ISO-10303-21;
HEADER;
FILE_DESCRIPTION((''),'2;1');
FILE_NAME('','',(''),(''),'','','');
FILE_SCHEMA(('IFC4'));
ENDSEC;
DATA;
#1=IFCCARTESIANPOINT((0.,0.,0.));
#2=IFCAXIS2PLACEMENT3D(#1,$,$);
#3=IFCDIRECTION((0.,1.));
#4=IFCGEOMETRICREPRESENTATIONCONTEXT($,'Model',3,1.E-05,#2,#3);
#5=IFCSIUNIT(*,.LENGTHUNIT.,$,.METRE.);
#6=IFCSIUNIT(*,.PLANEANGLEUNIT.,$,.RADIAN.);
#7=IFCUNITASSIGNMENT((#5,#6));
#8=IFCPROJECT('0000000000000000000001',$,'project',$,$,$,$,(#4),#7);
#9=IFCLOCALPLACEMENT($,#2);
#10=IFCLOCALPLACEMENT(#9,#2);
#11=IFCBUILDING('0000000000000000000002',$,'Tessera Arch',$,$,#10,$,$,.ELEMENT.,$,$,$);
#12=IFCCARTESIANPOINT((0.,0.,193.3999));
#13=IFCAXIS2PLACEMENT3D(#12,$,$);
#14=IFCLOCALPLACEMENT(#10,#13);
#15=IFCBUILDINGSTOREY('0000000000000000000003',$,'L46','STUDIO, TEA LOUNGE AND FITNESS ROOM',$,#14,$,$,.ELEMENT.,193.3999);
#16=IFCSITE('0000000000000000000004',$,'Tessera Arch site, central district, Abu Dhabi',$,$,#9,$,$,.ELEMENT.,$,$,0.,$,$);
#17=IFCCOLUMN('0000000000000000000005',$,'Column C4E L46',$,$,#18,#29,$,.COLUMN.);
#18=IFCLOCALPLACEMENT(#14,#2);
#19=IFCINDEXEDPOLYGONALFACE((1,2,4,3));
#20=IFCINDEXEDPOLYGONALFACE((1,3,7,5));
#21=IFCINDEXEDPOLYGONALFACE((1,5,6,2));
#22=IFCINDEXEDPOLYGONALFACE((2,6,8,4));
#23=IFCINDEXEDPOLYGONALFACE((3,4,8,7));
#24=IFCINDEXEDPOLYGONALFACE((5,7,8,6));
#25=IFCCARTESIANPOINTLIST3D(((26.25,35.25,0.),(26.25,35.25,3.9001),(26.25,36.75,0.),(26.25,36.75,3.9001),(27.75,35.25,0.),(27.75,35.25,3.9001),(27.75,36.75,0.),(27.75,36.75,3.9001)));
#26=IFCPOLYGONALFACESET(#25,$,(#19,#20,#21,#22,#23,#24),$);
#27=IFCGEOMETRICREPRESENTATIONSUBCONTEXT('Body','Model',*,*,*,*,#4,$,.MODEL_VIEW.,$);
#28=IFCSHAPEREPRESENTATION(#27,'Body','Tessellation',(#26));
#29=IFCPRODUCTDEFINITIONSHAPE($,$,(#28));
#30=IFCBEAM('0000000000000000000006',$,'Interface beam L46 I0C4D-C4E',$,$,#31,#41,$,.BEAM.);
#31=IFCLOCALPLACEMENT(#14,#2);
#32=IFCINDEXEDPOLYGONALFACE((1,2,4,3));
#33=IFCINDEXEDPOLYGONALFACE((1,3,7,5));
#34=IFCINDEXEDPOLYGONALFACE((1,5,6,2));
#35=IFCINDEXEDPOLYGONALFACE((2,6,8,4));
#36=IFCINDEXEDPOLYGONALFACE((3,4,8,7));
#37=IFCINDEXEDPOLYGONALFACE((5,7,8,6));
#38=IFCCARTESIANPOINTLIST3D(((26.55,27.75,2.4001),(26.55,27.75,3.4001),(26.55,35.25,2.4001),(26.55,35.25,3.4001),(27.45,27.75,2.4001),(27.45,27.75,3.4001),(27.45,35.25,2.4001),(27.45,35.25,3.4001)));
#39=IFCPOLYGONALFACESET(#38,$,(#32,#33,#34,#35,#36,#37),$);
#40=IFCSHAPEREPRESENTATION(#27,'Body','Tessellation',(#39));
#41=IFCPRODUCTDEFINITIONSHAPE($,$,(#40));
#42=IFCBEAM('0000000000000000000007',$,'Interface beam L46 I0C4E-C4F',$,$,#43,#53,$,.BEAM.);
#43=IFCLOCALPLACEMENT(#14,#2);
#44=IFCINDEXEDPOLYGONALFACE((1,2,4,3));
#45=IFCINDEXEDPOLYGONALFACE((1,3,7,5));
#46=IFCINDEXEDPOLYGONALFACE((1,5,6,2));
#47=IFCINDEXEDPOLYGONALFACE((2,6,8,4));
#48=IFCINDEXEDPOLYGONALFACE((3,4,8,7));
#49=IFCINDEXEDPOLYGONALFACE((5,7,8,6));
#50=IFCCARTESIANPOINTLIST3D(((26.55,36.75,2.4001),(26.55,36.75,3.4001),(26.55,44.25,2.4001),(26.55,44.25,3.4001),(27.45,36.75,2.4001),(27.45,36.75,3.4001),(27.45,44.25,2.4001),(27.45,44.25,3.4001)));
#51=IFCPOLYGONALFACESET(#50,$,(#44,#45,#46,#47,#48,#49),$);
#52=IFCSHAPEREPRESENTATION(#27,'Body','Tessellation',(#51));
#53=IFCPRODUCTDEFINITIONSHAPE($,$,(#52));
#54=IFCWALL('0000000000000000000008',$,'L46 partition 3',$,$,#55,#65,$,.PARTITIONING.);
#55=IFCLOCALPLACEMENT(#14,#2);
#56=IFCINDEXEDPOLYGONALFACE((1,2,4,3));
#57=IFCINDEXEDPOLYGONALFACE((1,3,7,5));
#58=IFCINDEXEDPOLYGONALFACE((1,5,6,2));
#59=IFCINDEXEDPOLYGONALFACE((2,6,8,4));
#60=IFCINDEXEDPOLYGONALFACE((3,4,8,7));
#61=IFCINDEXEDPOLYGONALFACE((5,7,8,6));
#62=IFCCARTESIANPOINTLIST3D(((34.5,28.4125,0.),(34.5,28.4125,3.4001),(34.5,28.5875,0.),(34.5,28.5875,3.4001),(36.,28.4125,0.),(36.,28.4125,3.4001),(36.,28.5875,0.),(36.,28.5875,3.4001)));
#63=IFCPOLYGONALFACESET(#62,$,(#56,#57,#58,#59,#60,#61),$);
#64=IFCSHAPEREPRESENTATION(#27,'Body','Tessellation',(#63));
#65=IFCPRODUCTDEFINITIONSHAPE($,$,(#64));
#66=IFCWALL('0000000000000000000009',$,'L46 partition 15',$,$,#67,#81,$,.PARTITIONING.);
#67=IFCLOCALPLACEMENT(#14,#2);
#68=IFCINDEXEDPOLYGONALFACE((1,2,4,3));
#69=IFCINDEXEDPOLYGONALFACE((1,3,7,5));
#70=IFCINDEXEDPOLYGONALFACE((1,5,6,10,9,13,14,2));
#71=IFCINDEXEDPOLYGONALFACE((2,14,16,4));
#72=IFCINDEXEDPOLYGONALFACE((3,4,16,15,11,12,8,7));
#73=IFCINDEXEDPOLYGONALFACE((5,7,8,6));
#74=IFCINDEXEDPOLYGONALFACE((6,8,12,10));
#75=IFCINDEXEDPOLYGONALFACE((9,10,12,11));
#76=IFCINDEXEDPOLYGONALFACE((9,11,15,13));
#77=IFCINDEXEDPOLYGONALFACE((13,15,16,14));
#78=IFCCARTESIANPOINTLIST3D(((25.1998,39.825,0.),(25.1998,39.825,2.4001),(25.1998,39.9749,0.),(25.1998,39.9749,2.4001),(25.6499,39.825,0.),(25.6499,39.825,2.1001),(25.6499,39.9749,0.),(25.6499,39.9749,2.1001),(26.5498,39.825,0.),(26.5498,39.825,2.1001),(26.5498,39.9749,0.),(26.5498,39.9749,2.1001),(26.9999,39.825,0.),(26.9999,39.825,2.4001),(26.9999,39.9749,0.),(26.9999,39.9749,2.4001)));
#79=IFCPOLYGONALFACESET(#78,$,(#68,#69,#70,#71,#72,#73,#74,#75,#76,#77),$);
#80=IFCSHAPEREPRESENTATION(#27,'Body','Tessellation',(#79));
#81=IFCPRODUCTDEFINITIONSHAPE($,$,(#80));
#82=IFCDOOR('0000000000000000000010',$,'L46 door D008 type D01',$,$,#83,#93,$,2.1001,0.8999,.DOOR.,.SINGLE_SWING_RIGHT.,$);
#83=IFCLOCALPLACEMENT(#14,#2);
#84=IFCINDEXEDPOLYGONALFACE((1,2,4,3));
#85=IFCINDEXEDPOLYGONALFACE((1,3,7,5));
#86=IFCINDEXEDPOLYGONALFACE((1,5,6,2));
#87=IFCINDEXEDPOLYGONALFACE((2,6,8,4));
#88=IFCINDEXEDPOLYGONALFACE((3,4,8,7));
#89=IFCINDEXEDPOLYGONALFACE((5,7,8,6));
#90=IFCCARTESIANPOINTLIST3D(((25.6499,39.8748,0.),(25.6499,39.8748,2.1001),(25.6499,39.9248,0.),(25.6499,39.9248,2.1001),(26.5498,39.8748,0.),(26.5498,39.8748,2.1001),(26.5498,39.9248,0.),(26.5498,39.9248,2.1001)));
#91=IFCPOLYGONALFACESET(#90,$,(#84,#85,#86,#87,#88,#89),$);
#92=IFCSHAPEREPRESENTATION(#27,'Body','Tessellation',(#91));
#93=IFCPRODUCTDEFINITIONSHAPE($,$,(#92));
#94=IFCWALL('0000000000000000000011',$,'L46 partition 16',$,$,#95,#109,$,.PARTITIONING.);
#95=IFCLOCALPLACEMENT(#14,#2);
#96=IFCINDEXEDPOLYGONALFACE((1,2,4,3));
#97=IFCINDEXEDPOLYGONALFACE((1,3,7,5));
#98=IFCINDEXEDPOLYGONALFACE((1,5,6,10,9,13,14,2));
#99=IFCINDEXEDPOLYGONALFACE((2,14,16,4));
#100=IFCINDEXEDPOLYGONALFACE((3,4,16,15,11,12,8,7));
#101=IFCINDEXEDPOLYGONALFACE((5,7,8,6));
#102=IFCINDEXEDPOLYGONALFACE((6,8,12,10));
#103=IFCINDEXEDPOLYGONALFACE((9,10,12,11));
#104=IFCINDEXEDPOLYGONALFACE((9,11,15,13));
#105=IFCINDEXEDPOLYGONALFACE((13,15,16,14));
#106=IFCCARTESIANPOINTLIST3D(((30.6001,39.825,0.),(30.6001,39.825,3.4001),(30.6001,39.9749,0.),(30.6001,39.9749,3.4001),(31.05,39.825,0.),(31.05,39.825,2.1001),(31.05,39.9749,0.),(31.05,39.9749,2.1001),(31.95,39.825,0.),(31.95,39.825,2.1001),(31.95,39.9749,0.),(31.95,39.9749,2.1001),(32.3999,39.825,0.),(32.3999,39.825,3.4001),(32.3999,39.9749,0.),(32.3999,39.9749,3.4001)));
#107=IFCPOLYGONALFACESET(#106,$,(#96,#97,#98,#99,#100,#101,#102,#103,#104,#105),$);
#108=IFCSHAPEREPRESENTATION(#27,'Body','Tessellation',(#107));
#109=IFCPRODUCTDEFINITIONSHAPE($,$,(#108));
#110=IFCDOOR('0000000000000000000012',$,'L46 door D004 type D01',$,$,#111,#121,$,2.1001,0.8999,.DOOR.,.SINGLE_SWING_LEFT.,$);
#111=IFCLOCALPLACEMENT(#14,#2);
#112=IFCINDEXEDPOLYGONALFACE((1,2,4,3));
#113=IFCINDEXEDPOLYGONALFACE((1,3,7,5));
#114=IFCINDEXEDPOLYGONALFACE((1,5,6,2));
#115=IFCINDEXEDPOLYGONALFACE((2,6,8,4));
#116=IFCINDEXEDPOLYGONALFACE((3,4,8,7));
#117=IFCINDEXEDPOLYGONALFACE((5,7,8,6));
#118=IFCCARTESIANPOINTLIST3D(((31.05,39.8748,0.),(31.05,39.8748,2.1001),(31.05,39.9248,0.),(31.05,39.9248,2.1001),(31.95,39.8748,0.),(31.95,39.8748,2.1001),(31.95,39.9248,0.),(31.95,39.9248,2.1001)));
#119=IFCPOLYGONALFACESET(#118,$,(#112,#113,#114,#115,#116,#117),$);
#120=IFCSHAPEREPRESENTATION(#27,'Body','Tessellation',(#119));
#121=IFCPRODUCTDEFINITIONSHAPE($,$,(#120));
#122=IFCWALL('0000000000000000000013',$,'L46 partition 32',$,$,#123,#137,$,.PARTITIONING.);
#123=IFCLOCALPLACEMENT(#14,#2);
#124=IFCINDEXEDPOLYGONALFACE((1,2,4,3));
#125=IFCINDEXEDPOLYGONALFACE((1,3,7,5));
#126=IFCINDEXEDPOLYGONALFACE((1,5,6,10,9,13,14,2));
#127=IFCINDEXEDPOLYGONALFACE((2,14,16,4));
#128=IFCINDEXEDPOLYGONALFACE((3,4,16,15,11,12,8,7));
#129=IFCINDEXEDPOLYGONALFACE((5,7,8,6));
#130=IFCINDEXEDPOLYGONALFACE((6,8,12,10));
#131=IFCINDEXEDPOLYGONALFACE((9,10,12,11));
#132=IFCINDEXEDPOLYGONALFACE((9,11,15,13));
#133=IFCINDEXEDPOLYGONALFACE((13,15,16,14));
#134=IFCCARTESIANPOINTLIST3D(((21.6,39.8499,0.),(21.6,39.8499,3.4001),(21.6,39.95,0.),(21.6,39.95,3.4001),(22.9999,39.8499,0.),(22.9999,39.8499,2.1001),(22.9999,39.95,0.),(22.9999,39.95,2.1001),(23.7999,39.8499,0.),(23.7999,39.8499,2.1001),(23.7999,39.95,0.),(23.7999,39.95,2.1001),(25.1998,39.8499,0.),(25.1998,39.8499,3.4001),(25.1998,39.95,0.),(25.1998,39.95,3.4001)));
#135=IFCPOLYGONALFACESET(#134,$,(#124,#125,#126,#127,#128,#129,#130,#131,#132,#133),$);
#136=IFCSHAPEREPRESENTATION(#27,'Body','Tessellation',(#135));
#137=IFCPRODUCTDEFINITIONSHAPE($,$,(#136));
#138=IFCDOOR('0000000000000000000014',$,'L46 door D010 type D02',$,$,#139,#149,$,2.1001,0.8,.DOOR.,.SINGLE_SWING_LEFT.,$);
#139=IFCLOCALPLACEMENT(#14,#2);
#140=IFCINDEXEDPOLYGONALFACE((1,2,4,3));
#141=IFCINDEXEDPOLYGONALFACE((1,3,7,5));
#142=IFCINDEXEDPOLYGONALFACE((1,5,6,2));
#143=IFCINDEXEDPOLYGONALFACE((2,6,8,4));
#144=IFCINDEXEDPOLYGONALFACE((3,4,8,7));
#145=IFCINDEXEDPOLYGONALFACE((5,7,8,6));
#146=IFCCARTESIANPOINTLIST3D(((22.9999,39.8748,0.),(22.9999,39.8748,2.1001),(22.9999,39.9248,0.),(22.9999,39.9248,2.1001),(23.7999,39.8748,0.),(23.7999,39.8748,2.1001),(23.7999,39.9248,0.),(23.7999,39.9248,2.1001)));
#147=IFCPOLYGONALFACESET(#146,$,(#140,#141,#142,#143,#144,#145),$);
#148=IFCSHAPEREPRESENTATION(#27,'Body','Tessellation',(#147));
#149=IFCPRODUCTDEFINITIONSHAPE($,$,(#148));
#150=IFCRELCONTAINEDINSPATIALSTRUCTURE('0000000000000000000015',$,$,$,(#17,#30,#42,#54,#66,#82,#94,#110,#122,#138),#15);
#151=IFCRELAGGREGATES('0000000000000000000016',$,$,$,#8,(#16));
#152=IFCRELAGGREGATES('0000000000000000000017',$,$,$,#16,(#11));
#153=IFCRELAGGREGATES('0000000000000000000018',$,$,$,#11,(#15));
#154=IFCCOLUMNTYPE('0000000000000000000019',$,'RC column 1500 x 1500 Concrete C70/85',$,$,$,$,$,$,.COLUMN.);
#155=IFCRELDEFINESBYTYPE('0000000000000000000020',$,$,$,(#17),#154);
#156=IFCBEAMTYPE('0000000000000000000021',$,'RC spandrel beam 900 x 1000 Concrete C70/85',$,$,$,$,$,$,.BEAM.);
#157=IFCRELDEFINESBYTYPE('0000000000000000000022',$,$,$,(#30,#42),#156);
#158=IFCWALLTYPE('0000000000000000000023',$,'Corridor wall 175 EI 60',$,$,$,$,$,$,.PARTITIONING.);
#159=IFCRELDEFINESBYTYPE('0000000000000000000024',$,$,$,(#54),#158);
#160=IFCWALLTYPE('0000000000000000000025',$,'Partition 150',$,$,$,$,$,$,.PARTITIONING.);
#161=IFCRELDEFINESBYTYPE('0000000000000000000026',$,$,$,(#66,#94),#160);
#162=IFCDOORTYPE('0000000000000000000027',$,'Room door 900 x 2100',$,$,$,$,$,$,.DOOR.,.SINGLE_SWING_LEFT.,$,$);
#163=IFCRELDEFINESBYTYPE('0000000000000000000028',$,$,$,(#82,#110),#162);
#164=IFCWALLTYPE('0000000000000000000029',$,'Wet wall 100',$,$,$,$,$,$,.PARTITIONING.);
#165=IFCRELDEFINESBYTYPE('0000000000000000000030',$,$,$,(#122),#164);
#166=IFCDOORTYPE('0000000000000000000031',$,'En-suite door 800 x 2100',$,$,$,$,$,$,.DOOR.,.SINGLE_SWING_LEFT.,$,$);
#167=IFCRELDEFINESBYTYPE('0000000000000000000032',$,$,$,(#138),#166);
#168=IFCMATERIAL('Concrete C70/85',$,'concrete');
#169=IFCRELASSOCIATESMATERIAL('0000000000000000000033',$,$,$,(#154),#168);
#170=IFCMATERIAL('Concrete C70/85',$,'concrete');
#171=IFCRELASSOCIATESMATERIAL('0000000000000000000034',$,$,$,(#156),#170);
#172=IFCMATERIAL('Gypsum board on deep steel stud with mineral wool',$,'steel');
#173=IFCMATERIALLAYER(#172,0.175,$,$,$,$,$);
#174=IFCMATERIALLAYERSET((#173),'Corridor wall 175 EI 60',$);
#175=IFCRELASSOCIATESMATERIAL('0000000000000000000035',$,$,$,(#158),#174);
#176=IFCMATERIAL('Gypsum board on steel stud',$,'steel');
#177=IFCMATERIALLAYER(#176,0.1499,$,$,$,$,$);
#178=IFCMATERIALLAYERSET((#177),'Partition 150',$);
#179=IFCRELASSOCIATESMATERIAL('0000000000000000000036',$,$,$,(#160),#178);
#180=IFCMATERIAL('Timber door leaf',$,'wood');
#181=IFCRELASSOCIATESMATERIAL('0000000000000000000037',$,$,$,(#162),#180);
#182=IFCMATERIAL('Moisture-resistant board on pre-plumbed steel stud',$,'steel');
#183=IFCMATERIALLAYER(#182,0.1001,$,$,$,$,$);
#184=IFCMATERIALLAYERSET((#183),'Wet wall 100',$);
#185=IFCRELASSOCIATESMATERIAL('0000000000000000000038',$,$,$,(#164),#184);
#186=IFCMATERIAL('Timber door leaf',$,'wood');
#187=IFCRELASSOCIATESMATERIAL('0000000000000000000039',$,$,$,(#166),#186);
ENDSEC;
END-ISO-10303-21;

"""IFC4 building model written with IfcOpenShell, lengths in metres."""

from ifc_helpers import new_model, si_unit, direction, frame, frame_2d, origin, origin_2d, place, context, subcontext, project, spatial, rectangle, extrude, material, layer, layer_set, material_profile, profile_set, type_object, element, fill, save


model = new_model("IFC4")

# Units and contexts
model_context = context("Model", 3, precision=1e-05, world=origin(), true_north=direction((0.0, 1.0)))
body_context = subcontext(model_context, "Body", "Model", "MODEL_VIEW")
ifc_project = project(units=[si_unit("LENGTHUNIT", "METRE"), si_unit("PLANEANGLEUNIT", "RADIAN")], contexts=[model_context])

# Site, building, storey
site_placement = place(None, origin())
site = spatial("IfcSite", under=ifc_project, at=site_placement, Name="Tessera Arch site, central district, Abu Dhabi", CompositionType="ELEMENT", RefElevation=0.0)
building_placement = place(site_placement, origin())
building = spatial("IfcBuilding", under=site, at=building_placement, Name="Tessera Arch", CompositionType="ELEMENT")
storey_placement = place(building_placement, frame((0.0, 0.0, 193.3999)))
storey = spatial("IfcBuildingStorey", under=building, at=storey_placement, Name="L46", Description="STUDIO, TEA LOUNGE AND FITNESS ROOM", CompositionType="ELEMENT", Elevation=193.3999)

# Column
ifc_material_1 = material(Name="Concrete C70/85", Category="concrete")
ifc_material_profile_1 = material_profile(ifc_material_1, rectangle(XDim=1.5, YDim=1.5, at=origin_2d()), Name="RC column 1500 x 1500 Concrete C70/85")
ifc_profile_set_1 = profile_set([ifc_material_profile_1], Name="Concrete C70/85")
column_type = type_object("IfcColumnType", Name="RC column 1500 x 1500 Concrete C70/85", PredefinedType="COLUMN", material=ifc_profile_set_1)
column_placement = place(storey_placement, frame((27.0, 36.0, 0.0), z_axis=(0.0, 0.0, 1.0), x_axis=(1.0, 0.0, 0.0)))
element("IfcColumn", 1, at=column_placement, inside=storey, type_object=column_type, Name="Column C4E L46", PredefinedType="COLUMN", context=body_context, shape_type="SweptSolid", body=[
    extrude(rectangle(XDim=1.5, YDim=1.5, at=origin_2d()), origin(), (0.0, 0.0, 1.0), 3.9001),
])

# Beams
ifc_material_2 = material(Name="Concrete C70/85", Category="concrete")
ifc_material_profile_2 = material_profile(ifc_material_2, rectangle(XDim=0.8999, YDim=1.0, at=origin_2d()), Name="RC spandrel beam 900 x 1000 Concrete C70/85")
ifc_profile_set_2 = profile_set([ifc_material_profile_2], Name="Concrete C70/85")
beam_type = type_object("IfcBeamType", Name="RC spandrel beam 900 x 1000 Concrete C70/85", PredefinedType="BEAM", material=ifc_profile_set_2)
for number, where, z_axis, x_axis, name in (
    (2, (27.0, 27.75, 2.9001), (0.0, 1.0, 0.0), (-1.0, 0.0, 0.0), "Interface beam L46 I0C4D-C4E"),
    (3, (27.0, 36.75, 2.9001), (0.0, 1.0, 0.0), (-1.0, 0.0, 0.0), "Interface beam L46 I0C4E-C4F"),
):
    element("IfcBeam", number, at=place(storey_placement, frame(where, z_axis=z_axis, x_axis=x_axis)), inside=storey, type_object=beam_type, Name=name, PredefinedType="BEAM", context=body_context, shape_type="SweptSolid", body=[
        extrude(rectangle(XDim=0.8999, YDim=1.0, at=origin_2d()), origin(), (0.0, 0.0, 1.0), 7.5),
    ])

# Wall
ifc_material_3 = material(Name="Gypsum board on deep steel stud with mineral wool", Category="steel")
ifc_layer_1 = layer(ifc_material_3, 0.175)
ifc_layer_set_1 = layer_set([ifc_layer_1], Name="Corridor wall 175 EI 60")
wall_type_1 = type_object("IfcWallType", Name="Corridor wall 175 EI 60", PredefinedType="PARTITIONING", material=ifc_layer_set_1)
wall_1_placement = place(storey_placement, frame((34.5, 28.5, 0.0), z_axis=(0.0, 0.0, 1.0), x_axis=(1.0, 0.0, 0.0)))
element("IfcWall", 4, at=wall_1_placement, inside=storey, type_object=wall_type_1, Name="L46 partition 3", PredefinedType="PARTITIONING", context=body_context, shape_type="SweptSolid", body=[
    extrude(rectangle(XDim=1.5, YDim=0.175, at=frame_2d((0.75, 0.0))), origin(), (0.0, 0.0, 1.0), 3.4001),
])

# Walls, openings, doors
ifc_material_4 = material(Name="Gypsum board on steel stud", Category="steel")
ifc_layer_2 = layer(ifc_material_4, 0.1499)
ifc_layer_set_2 = layer_set([ifc_layer_2], Name="Partition 150")
wall_type_2 = type_object("IfcWallType", Name="Partition 150", PredefinedType="PARTITIONING", material=ifc_layer_set_2)
wall_2_placement = place(storey_placement, frame((25.2, 39.8999, 0.0), z_axis=(0.0, 0.0, 1.0), x_axis=(1.0, 0.0, 0.0)))
wall_2 = element("IfcWall", 5, at=wall_2_placement, inside=storey, type_object=wall_type_2, Name="L46 partition 15", PredefinedType="PARTITIONING", context=body_context, shape_type="SweptSolid", body=[
    extrude(rectangle(XDim=1.8, YDim=0.1499, at=frame_2d((0.8999, 0.0))), origin(), (0.0, 0.0, 1.0), 2.4001),
])
opening_1_placement = place(wall_2_placement, frame((0.45, 0.0, 0.0)))
opening_1 = element("IfcOpeningElement", 6, at=opening_1_placement, cuts=wall_2, PredefinedType="OPENING", context=body_context, shape_type="SweptSolid", body=[
    extrude(rectangle(XDim=0.8999, YDim=2.1001, at=frame_2d((0.45, 1.05))), frame((0.0, 0.085, 0.0), z_axis=(0.0, -1.0, 0.0), x_axis=(1.0, 0.0, 0.0)), (0.0, 0.0, 1.0), 0.1699),
])
ifc_material_5 = material(Name="Timber door leaf", Category="wood")
door_type_1 = type_object("IfcDoorType", Name="Room door 900 x 2100", OperationType="SINGLE_SWING_LEFT", PredefinedType="DOOR", material=ifc_material_5)
door_1_placement = place(opening_1_placement, origin())
door_1 = element("IfcDoor", 7, at=door_1_placement, inside=storey, type_object=door_type_1, Name="L46 door D008 type D01", OperationType="SINGLE_SWING_RIGHT", OverallHeight=2.1001, OverallWidth=0.8999, PredefinedType="DOOR", context=body_context, shape_type="SweptSolid", body=[
    extrude(rectangle(XDim=0.8999, YDim=2.1001, at=frame_2d((0.45, 1.05))), frame((0.0, 0.0249, 0.0), z_axis=(0.0, -1.0, 0.0), x_axis=(1.0, 0.0, 0.0)), (0.0, 0.0, 1.0), 0.05),
])
fill(opening_1, door_1)
wall_3_placement = place(storey_placement, frame((30.6001, 39.8999, 0.0), z_axis=(0.0, 0.0, 1.0), x_axis=(1.0, 0.0, 0.0)))
wall_3 = element("IfcWall", 8, at=wall_3_placement, inside=storey, type_object=wall_type_2, Name="L46 partition 16", PredefinedType="PARTITIONING", context=body_context, shape_type="SweptSolid", body=[
    extrude(rectangle(XDim=1.7998, YDim=0.1499, at=frame_2d((0.8999, 0.0))), origin(), (0.0, 0.0, 1.0), 3.4001),
])
opening_2_placement = place(wall_3_placement, frame((0.45, 0.0, 0.0)))
opening_2 = element("IfcOpeningElement", 9, at=opening_2_placement, cuts=wall_3, PredefinedType="OPENING", context=body_context, shape_type="SweptSolid", body=[
    extrude(rectangle(XDim=0.8999, YDim=2.1001, at=frame_2d((0.45, 1.05))), frame((0.0, 0.085, 0.0), z_axis=(0.0, -1.0, 0.0), x_axis=(1.0, 0.0, 0.0)), (0.0, 0.0, 1.0), 0.1699),
])
door_2_placement = place(opening_2_placement, origin())
door_2 = element("IfcDoor", 10, at=door_2_placement, inside=storey, type_object=door_type_1, Name="L46 door D004 type D01", OperationType="SINGLE_SWING_LEFT", OverallHeight=2.1001, OverallWidth=0.8999, PredefinedType="DOOR", context=body_context, shape_type="SweptSolid", body=[
    extrude(rectangle(XDim=0.8999, YDim=2.1001, at=frame_2d((0.45, 1.05))), frame((0.0, 0.0249, 0.0), z_axis=(0.0, -1.0, 0.0), x_axis=(1.0, 0.0, 0.0)), (0.0, 0.0, 1.0), 0.05),
])
fill(opening_2, door_2)
ifc_material_6 = material(Name="Moisture-resistant board on pre-plumbed steel stud", Category="steel")
ifc_layer_3 = layer(ifc_material_6, 0.1001)
ifc_layer_set_3 = layer_set([ifc_layer_3], Name="Wet wall 100")
wall_type_3 = type_object("IfcWallType", Name="Wet wall 100", PredefinedType="PARTITIONING", material=ifc_layer_set_3)
wall_4_placement = place(storey_placement, frame((21.6001, 39.8999, 0.0), z_axis=(0.0, 0.0, 1.0), x_axis=(1.0, 0.0, 0.0)))
wall_4 = element("IfcWall", 11, at=wall_4_placement, inside=storey, type_object=wall_type_3, Name="L46 partition 32", PredefinedType="PARTITIONING", context=body_context, shape_type="SweptSolid", body=[
    extrude(rectangle(XDim=3.5999, YDim=0.1001, at=frame_2d((1.7998, 0.0))), origin(), (0.0, 0.0, 1.0), 3.4001),
])
opening_3_placement = place(wall_4_placement, frame((1.3999, 0.0, 0.0)))
opening_3 = element("IfcOpeningElement", 12, at=opening_3_placement, cuts=wall_4, PredefinedType="OPENING", context=body_context, shape_type="SweptSolid", body=[
    extrude(rectangle(XDim=0.8, YDim=2.1001, at=frame_2d((0.3999, 1.05))), frame((0.0, 0.0601, 0.0), z_axis=(0.0, -1.0, 0.0), x_axis=(1.0, 0.0, 0.0)), (0.0, 0.0, 1.0), 0.1201),
])
ifc_material_7 = material(Name="Timber door leaf", Category="wood")
door_type_2 = type_object("IfcDoorType", Name="En-suite door 800 x 2100", OperationType="SINGLE_SWING_LEFT", PredefinedType="DOOR", material=ifc_material_7)
door_3_placement = place(opening_3_placement, origin())
door_3 = element("IfcDoor", 13, at=door_3_placement, inside=storey, type_object=door_type_2, Name="L46 door D010 type D02", OperationType="SINGLE_SWING_LEFT", OverallHeight=2.1001, OverallWidth=0.8, PredefinedType="DOOR", context=body_context, shape_type="SweptSolid", body=[
    extrude(rectangle(XDim=0.8, YDim=2.1001, at=frame_2d((0.3999, 1.05))), frame((0.0, 0.0249, 0.0), z_axis=(0.0, -1.0, 0.0), x_axis=(1.0, 0.0, 0.0)), (0.0, 0.0, 1.0), 0.05),
])
fill(opening_3, door_3)

save(model, "model.ifc")
